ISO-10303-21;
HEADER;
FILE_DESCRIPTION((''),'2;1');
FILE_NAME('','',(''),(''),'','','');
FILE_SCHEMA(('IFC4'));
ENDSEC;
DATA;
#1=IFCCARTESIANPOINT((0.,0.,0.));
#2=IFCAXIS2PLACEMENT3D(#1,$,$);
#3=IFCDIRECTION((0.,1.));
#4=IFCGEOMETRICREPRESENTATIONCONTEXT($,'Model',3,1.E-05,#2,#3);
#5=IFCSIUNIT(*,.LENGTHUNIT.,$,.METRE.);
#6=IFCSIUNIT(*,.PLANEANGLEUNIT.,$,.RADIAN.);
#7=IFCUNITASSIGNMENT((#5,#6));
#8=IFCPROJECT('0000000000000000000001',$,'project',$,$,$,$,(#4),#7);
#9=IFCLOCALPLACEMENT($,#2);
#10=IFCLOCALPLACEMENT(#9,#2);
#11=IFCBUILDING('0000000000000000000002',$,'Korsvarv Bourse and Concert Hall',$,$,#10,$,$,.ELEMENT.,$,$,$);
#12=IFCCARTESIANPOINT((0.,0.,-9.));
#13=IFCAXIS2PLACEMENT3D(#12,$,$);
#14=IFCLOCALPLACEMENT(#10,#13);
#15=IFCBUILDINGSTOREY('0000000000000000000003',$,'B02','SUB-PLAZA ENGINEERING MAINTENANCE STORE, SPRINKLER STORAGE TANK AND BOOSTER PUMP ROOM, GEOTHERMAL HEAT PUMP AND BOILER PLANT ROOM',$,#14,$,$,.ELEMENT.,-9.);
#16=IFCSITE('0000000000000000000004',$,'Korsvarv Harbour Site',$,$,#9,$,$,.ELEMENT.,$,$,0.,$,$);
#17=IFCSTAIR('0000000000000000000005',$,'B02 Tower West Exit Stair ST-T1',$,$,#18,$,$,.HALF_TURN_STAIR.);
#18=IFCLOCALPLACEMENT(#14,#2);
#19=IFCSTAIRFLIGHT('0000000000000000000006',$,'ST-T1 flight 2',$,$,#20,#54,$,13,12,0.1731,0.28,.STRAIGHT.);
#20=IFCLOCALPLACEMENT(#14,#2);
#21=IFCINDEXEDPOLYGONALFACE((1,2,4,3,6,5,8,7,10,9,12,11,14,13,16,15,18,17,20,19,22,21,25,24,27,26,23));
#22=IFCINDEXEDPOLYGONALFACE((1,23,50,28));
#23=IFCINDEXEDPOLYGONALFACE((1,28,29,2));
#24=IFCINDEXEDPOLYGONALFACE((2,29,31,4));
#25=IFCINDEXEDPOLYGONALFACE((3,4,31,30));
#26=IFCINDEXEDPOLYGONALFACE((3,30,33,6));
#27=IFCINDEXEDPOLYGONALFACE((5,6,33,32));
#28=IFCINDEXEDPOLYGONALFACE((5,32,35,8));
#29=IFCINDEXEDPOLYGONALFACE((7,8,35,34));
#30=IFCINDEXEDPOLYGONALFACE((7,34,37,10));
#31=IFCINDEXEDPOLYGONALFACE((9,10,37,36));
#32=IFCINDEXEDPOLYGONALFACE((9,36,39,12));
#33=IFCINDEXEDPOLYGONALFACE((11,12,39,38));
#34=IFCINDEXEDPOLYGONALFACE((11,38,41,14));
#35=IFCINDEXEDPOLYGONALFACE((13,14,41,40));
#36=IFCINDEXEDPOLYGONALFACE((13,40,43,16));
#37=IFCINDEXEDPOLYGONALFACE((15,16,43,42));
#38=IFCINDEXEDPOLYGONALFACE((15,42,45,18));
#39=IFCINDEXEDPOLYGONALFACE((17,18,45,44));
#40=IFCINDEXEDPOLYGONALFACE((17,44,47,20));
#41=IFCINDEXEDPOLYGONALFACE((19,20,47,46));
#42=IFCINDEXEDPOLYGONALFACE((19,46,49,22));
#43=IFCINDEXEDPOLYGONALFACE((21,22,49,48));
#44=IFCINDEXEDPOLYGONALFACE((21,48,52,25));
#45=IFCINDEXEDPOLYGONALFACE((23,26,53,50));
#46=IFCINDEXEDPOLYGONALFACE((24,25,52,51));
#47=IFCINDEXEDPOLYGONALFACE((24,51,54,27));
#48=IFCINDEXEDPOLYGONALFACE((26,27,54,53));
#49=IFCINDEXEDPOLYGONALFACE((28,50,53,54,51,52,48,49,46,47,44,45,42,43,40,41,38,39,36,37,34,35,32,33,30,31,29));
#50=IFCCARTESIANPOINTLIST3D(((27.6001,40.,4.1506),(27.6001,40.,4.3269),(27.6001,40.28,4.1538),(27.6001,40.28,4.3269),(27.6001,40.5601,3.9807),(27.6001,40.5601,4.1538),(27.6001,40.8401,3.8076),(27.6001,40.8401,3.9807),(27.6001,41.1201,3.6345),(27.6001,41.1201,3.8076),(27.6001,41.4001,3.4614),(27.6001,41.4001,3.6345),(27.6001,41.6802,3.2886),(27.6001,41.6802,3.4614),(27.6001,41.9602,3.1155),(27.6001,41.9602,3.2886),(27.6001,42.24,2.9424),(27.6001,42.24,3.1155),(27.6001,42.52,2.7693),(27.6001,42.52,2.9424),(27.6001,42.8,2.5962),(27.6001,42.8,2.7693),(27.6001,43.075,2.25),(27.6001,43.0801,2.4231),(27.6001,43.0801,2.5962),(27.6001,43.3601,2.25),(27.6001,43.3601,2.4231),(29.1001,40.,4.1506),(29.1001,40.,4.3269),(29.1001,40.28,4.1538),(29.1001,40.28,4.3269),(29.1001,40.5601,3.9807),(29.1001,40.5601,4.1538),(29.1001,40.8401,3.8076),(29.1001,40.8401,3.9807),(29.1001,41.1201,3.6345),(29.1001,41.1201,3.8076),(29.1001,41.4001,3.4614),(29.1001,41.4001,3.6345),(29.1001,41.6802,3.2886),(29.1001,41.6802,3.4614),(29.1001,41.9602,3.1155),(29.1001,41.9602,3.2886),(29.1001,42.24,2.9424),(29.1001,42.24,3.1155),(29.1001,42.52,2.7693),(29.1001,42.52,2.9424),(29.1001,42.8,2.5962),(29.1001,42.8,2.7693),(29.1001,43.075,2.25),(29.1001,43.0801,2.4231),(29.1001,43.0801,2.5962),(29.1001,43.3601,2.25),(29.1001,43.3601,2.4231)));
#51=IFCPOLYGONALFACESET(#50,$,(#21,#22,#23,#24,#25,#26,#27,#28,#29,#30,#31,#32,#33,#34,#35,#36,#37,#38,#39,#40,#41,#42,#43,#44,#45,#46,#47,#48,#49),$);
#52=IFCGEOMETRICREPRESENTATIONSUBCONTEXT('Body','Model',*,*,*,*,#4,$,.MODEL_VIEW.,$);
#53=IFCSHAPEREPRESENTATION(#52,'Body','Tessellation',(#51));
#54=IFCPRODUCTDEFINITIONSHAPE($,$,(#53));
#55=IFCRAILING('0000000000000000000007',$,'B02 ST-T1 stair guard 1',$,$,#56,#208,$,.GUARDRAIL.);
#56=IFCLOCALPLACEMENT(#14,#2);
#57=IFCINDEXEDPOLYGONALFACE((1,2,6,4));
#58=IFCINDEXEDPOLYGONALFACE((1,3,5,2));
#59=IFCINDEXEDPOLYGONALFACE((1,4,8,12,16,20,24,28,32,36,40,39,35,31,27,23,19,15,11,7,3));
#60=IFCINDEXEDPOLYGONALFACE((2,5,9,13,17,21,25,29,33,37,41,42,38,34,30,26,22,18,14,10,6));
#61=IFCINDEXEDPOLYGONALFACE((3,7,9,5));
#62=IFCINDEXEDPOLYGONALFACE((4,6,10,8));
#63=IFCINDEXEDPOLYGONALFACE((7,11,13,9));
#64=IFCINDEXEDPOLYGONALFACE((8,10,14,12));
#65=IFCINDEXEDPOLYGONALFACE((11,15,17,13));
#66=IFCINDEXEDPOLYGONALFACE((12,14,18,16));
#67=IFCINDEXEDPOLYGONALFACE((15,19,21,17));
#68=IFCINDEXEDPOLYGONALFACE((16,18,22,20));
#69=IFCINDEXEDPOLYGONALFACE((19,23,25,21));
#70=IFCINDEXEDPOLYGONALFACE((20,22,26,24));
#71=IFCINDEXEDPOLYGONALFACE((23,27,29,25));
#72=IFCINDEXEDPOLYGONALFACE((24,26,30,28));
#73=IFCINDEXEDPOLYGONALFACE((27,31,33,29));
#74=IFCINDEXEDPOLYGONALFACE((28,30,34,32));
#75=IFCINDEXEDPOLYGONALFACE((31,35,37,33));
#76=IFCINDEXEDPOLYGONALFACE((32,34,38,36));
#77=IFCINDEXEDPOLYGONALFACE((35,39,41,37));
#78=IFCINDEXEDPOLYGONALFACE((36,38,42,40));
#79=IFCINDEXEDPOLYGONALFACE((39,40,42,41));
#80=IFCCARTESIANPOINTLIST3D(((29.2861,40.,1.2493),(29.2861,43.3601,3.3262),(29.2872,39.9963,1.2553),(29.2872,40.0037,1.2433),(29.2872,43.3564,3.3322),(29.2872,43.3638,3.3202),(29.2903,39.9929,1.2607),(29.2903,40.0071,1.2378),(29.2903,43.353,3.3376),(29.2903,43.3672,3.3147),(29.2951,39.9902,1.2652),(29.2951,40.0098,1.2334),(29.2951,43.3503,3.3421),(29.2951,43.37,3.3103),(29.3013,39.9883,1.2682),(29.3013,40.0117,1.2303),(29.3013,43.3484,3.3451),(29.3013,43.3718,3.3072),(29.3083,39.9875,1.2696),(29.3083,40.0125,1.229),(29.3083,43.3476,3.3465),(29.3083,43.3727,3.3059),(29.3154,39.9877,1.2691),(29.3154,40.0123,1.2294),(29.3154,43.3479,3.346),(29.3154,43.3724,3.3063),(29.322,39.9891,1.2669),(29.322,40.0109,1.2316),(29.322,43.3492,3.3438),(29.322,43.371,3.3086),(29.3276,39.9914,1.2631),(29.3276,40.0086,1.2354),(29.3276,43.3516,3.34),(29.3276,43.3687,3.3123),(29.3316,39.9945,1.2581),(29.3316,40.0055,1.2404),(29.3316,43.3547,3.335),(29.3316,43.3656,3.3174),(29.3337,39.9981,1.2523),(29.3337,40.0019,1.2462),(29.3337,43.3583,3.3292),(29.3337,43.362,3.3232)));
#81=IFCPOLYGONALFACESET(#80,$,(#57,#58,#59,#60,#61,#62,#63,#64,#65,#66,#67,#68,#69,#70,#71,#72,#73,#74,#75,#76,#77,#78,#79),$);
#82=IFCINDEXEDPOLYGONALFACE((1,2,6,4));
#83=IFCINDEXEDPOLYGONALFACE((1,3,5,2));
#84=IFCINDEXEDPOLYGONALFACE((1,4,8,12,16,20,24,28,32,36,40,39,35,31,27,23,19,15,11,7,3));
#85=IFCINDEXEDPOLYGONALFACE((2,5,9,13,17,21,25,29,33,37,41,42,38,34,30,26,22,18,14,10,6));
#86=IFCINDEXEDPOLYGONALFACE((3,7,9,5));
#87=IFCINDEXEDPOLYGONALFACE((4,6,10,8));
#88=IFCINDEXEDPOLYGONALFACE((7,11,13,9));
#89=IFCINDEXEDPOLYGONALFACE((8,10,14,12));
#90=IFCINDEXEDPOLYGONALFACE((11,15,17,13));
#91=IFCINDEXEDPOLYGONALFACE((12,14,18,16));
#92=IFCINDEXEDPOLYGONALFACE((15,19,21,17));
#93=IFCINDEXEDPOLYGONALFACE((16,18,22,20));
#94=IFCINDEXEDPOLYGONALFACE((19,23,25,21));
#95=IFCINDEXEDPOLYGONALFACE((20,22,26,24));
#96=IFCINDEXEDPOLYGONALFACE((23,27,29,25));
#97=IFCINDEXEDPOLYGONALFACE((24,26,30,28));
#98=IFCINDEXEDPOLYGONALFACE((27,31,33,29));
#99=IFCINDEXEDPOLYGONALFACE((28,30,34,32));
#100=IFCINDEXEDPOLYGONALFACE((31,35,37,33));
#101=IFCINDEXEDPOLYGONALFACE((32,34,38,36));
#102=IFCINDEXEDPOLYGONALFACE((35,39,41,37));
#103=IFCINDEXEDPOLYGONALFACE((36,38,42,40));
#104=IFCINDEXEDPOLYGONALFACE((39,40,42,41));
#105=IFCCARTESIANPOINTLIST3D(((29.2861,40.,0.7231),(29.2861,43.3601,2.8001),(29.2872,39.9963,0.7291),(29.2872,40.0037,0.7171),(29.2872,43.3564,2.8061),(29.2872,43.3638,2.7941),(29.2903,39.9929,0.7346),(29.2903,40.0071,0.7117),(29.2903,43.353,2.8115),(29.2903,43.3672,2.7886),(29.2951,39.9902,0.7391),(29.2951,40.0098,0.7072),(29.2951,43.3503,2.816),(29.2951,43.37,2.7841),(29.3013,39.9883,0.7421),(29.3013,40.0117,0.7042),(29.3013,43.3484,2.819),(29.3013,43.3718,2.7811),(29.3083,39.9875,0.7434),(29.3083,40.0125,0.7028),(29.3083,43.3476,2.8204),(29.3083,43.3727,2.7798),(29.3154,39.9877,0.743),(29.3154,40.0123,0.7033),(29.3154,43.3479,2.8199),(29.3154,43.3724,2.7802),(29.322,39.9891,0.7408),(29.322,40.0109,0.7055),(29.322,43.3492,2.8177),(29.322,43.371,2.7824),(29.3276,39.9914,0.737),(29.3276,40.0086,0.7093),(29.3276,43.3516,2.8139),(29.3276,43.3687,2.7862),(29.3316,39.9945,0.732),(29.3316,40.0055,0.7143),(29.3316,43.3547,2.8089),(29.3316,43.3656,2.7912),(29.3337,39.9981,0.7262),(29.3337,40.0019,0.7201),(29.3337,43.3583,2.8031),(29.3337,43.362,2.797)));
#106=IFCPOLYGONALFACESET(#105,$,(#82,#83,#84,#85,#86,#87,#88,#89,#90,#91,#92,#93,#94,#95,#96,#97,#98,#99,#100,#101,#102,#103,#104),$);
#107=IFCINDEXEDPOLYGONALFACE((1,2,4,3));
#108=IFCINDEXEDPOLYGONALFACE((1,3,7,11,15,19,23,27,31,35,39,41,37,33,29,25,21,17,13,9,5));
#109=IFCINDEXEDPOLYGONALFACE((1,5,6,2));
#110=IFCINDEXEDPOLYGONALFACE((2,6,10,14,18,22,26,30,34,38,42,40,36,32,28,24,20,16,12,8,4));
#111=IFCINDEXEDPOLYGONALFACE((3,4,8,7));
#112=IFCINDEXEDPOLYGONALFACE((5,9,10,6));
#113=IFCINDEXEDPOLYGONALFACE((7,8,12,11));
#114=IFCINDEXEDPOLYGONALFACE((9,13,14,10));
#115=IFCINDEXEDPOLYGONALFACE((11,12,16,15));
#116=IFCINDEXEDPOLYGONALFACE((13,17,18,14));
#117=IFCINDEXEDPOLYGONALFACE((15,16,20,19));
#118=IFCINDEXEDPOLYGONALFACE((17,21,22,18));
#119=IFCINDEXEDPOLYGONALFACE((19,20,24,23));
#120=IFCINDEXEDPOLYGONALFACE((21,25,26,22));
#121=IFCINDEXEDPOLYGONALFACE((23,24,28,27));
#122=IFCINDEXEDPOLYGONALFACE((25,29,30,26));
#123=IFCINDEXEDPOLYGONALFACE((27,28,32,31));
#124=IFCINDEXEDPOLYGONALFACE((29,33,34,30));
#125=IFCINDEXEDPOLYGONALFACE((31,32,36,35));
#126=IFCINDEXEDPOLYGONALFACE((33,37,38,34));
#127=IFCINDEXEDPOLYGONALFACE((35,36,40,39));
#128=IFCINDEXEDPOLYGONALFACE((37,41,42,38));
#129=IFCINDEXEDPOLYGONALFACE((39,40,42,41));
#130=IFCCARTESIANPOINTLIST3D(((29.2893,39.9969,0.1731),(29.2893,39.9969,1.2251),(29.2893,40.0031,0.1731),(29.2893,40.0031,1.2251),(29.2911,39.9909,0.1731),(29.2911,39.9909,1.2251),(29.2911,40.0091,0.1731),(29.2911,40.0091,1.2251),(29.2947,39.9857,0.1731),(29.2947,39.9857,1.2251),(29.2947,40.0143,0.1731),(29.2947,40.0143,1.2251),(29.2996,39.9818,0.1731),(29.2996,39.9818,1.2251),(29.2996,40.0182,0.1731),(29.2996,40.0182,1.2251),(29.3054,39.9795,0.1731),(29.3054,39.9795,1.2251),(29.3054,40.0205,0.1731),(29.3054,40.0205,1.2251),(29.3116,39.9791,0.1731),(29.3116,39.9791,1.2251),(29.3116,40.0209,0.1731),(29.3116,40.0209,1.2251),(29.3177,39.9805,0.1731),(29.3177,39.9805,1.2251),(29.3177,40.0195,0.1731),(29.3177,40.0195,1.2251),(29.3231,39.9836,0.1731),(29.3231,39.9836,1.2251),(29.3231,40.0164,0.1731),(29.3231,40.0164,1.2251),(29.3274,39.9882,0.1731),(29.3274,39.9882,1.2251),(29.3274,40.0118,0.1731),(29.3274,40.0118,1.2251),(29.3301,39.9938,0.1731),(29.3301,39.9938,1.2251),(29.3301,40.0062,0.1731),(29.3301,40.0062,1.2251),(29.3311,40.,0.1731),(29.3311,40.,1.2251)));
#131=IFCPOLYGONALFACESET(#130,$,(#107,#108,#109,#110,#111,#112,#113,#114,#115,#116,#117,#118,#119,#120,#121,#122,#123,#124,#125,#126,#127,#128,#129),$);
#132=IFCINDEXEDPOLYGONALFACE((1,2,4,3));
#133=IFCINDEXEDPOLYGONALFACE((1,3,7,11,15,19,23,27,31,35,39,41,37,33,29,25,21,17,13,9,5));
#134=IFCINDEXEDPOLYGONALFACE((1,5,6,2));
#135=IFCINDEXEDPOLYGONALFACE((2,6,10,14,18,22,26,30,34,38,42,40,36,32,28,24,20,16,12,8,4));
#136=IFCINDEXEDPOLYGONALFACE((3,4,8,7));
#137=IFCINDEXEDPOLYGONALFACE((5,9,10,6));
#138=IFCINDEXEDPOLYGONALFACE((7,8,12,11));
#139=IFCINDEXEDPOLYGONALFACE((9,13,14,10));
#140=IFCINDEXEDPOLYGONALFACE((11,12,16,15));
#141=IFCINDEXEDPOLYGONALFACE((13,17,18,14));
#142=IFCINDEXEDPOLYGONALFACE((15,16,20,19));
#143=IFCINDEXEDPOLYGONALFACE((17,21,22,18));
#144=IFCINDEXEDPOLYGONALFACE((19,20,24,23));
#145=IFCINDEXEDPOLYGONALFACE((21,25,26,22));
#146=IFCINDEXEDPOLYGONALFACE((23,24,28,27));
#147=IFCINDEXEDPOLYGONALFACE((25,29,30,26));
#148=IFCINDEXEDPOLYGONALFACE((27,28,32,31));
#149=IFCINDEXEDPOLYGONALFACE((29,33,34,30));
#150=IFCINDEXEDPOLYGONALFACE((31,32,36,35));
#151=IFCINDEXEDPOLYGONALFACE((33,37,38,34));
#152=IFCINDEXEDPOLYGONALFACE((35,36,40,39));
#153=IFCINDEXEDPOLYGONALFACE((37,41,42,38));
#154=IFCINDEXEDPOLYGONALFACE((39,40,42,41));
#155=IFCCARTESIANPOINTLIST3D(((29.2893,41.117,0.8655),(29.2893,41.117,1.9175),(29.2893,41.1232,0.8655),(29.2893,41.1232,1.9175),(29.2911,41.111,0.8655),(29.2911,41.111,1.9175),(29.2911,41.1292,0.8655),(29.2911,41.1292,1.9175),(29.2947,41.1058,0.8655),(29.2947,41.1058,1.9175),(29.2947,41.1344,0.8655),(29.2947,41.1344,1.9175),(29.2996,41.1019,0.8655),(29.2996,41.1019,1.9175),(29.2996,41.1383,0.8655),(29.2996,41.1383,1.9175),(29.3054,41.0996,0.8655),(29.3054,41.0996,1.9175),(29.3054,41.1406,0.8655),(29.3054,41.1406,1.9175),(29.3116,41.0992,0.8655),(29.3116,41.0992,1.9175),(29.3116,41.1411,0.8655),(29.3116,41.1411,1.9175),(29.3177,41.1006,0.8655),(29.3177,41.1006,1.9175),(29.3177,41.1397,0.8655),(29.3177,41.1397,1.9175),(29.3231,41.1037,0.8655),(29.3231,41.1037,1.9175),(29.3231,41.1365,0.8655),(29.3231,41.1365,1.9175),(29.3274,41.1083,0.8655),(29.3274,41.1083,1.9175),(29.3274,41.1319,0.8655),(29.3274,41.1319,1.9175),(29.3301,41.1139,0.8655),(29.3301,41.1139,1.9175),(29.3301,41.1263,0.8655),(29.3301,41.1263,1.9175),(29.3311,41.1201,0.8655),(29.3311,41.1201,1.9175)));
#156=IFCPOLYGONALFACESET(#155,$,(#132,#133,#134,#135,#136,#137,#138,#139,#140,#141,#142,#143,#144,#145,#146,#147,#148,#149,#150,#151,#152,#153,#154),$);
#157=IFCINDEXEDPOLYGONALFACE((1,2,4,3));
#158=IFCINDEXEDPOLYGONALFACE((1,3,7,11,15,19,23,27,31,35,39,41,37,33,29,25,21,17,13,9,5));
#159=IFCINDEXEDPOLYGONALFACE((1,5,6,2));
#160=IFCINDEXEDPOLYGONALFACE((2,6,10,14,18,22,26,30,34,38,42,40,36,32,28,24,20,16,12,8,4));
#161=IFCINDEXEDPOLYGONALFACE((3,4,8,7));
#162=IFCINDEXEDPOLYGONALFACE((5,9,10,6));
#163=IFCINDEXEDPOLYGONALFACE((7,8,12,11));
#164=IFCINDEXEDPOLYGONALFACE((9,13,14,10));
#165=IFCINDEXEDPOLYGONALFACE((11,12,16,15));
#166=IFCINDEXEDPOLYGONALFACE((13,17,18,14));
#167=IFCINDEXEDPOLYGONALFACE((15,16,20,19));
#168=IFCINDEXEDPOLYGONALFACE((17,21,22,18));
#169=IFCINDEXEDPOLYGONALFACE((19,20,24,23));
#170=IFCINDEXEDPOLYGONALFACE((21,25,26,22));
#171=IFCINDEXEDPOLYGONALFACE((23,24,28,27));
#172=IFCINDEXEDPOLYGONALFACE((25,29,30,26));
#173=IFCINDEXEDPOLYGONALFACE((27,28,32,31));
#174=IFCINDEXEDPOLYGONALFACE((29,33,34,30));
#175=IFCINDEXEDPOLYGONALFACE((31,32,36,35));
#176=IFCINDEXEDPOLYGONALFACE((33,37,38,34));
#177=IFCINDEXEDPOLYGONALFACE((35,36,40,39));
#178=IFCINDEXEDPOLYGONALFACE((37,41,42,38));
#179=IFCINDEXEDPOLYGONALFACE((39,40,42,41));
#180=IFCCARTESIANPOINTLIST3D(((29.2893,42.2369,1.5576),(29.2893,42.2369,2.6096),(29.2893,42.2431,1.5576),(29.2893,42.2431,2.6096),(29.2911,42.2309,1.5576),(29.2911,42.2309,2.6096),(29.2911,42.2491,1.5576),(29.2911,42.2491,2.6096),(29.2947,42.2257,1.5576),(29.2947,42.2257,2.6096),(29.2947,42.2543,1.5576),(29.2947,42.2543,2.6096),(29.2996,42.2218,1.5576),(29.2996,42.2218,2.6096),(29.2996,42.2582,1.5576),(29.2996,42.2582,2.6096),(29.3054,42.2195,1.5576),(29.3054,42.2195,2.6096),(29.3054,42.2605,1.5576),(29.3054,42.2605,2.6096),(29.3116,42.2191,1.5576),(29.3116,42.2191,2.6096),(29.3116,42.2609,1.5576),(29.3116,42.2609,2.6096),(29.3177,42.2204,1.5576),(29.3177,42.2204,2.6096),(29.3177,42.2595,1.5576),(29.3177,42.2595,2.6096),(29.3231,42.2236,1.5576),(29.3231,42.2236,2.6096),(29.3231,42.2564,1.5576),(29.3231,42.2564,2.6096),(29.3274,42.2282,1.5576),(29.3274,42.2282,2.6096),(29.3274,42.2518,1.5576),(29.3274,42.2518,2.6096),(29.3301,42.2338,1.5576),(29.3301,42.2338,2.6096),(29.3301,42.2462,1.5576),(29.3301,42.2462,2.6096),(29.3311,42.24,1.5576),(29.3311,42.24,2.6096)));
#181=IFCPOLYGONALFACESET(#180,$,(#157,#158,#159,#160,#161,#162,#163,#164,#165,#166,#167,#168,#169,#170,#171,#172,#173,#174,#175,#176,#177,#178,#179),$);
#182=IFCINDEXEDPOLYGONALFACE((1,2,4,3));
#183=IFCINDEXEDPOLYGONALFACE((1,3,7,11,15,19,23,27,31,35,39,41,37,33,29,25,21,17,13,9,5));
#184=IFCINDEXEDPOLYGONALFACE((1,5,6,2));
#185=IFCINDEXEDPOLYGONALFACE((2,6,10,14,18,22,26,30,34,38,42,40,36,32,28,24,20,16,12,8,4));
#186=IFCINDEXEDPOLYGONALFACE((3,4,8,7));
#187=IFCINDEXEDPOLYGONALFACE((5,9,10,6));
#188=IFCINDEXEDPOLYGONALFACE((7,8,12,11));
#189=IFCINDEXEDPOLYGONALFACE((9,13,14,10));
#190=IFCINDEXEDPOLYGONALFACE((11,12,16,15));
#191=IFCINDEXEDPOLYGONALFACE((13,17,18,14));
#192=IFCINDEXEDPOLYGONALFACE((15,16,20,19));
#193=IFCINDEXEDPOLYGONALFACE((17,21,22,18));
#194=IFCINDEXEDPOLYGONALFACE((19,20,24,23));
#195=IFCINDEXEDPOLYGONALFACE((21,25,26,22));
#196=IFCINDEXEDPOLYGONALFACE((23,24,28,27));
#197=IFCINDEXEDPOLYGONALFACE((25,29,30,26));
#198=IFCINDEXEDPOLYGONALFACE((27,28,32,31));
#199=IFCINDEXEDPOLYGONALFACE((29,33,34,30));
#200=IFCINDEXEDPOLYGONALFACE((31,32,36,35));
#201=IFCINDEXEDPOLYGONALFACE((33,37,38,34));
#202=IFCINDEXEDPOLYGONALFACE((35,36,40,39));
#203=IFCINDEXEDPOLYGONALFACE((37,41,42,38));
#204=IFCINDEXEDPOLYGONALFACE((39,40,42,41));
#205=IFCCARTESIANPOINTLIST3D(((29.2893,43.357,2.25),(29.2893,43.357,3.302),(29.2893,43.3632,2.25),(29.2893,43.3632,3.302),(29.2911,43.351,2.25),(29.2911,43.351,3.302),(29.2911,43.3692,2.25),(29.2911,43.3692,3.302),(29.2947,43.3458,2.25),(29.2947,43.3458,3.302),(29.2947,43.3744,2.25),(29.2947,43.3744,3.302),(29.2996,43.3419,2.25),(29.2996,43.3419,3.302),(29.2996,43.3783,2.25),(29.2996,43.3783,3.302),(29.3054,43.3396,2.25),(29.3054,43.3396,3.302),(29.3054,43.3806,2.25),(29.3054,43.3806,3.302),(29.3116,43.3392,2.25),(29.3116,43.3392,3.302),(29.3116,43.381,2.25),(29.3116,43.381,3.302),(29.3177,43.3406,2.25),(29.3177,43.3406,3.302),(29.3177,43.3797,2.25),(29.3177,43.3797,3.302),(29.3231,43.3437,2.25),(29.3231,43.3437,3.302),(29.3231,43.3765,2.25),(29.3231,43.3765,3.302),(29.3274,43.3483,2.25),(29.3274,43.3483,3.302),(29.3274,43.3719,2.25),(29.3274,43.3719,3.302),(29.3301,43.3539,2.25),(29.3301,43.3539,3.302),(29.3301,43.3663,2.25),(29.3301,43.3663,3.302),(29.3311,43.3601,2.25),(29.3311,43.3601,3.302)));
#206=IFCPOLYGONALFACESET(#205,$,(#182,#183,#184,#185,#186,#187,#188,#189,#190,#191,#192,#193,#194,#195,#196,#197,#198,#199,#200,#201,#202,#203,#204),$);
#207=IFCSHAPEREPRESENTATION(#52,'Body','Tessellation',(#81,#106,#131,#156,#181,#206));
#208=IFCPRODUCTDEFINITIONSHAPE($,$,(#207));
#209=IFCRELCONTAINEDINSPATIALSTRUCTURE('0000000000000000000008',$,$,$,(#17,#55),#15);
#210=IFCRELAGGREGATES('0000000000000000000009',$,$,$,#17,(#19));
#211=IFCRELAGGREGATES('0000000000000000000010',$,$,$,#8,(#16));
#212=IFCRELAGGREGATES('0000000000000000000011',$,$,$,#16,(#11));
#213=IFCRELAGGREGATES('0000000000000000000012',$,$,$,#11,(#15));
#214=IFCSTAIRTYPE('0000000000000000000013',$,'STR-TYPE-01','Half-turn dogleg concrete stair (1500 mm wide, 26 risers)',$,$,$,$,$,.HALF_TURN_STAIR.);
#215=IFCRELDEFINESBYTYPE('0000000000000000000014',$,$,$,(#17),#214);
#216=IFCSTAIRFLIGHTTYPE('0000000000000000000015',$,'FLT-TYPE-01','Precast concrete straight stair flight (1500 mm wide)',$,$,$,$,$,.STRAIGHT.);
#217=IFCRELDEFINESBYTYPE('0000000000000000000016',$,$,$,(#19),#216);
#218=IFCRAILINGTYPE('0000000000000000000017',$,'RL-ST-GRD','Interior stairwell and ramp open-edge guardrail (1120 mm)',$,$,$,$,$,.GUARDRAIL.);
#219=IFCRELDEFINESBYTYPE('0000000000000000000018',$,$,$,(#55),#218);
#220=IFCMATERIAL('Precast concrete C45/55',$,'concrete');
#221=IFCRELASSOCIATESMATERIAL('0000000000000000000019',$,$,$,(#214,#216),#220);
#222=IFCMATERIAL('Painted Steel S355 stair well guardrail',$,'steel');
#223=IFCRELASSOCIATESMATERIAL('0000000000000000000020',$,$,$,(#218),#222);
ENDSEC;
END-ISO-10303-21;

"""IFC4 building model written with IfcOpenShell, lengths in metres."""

from ifc_helpers import new_model, si_unit, direction, frame, origin, origin_2d, place, context, subcontext, project, spatial, polyline, circle, outline, extrude, material, type_object, element, aggregate, save


model = new_model("IFC4")

# Units and contexts
model_context = context("Model", 3, precision=1e-05, world=origin(), true_north=direction((0.0, 1.0)))
body_context = subcontext(model_context, "Body", "Model", "MODEL_VIEW")
ifc_project = project(units=[si_unit("LENGTHUNIT", "METRE"), si_unit("PLANEANGLEUNIT", "RADIAN")], contexts=[model_context])

# Site, building, storey
site_placement = place(None, origin())
site = spatial("IfcSite", under=ifc_project, at=site_placement, Name="Korsvarv Harbour Site", CompositionType="ELEMENT", RefElevation=0.0)
building_placement = place(site_placement, origin())
building = spatial("IfcBuilding", under=site, at=building_placement, Name="Korsvarv Bourse and Concert Hall", CompositionType="ELEMENT")
storey_placement = place(building_placement, frame((0.0, 0.0, -9.0)))
storey = spatial("IfcBuildingStorey", under=building, at=storey_placement, Name="B02", Description="SUB-PLAZA ENGINEERING MAINTENANCE STORE, SPRINKLER STORAGE TANK AND BOOSTER PUMP ROOM, GEOTHERMAL HEAT PUMP AND BOILER PLANT ROOM", CompositionType="ELEMENT", Elevation=-9.0)

# Stair, stair flight
ifc_material_1 = material(Name="Precast concrete C45/55", Category="concrete")
stair_type = type_object("IfcStairType", Name="STR-TYPE-01", Description="Half-turn dogleg concrete stair (1500 mm wide, 26 risers)", PredefinedType="HALF_TURN_STAIR", material=ifc_material_1)
stair_placement = place(storey_placement, origin())
stair = element("IfcStair", 1, at=stair_placement, inside=storey, type_object=stair_type, Name="B02 Tower West Exit Stair ST-T1", PredefinedType="HALF_TURN_STAIR")
stair_flight_type = type_object("IfcStairFlightType", Name="FLT-TYPE-01", Description="Precast concrete straight stair flight (1500 mm wide)", PredefinedType="STRAIGHT", material=ifc_material_1)
stair_flight_1_placement = place(storey_placement, frame((28.3501, 43.3601, 2.25), z_axis=(0.0, 0.0, 1.0), x_axis=(0.0, -1.0, 0.0)))
stair_flight_1 = element("IfcStairFlight", 2, at=stair_flight_1_placement, type_object=stair_flight_type, Name="ST-T1 flight 2", NumberOfRisers=13, NumberOfTreads=12, PredefinedType="STRAIGHT", RiserHeight=0.1731, TreadLength=0.28, context=body_context, shape_type="SweptSolid", body=[
    extrude(outline(polyline([(0.0, 0.0), (0.0, 0.1731), (0.28, 0.1731), (0.28, 0.3462), (0.5601, 0.3462), (0.5601, 0.5193), (0.8401, 0.5193), (0.8401, 0.6924), (1.1201, 0.6924), (1.1201, 0.8655), (1.3999, 0.8655), (1.3999, 1.0386), (1.6799, 1.0386), (1.6799, 1.2114), (1.96, 1.2114), (1.96, 1.3845), (2.24, 1.3845), (2.24, 1.5576), (2.52, 1.5576), (2.52, 1.7307), (2.8, 1.7307), (2.8, 1.9038), (3.0801, 1.9038), (3.0801, 2.0769), (3.3601, 2.0769), (3.3601, 2.25), (3.3601, 1.9006), (0.2852, 0.0), (0.0, 0.0)])), frame((0.0, 0.75, 0.0), z_axis=(0.0, -1.0, 0.0), x_axis=(1.0, 0.0, 0.0)), (0.0, 0.0, 1.0), 1.5),
])
aggregate(stair, [stair_flight_1])

# Railing
ifc_material_2 = material(Name="Painted Steel S355 stair well guardrail", Category="steel")
railing_type_1 = type_object("IfcRailingType", Name="RL-ST-GRD", Description="Interior stairwell and ramp open-edge guardrail (1120 mm)", PredefinedType="GUARDRAIL", material=ifc_material_2)
railing_1_placement = place(storey_placement, frame((29.3101, 40.0, 0.1731)))
element("IfcRailing", 3, at=railing_1_placement, inside=storey, type_object=railing_type_1, Name="B02 ST-T1 stair guard 1", PredefinedType="GUARDRAIL", context=body_context, shape_type="SweptSolid", body=[
    extrude(circle(Radius=0.0239, at=origin_2d()), frame((0.0, 0.0, 1.0762), z_axis=(0.0, 0.850623, 0.525776), x_axis=(-1.0, 0.0, 0.0)), (0.0, 0.0, 1.0), 3.9502),
    extrude(circle(Radius=0.0239, at=origin_2d()), frame((0.0, 0.0, 0.55), z_axis=(0.0, 0.850623, 0.525776), x_axis=(-1.0, 0.0, 0.0)), (0.0, 0.0, 1.0), 3.9502),
    extrude(circle(Radius=0.021, at=origin_2d()), origin(), (0.0, 0.0, 1.0), 1.052),
    extrude(circle(Radius=0.021, at=origin_2d()), frame((0.0, 1.1201, 0.6924)), (0.0, 0.0, 1.0), 1.052),
    extrude(circle(Radius=0.021, at=origin_2d()), frame((0.0, 2.24, 1.3845)), (0.0, 0.0, 1.0), 1.052),
    extrude(circle(Radius=0.021, at=origin_2d()), frame((0.0, 3.3601, 2.0769)), (0.0, 0.0, 1.0), 1.052),
])

save(model, "model.ifc")
